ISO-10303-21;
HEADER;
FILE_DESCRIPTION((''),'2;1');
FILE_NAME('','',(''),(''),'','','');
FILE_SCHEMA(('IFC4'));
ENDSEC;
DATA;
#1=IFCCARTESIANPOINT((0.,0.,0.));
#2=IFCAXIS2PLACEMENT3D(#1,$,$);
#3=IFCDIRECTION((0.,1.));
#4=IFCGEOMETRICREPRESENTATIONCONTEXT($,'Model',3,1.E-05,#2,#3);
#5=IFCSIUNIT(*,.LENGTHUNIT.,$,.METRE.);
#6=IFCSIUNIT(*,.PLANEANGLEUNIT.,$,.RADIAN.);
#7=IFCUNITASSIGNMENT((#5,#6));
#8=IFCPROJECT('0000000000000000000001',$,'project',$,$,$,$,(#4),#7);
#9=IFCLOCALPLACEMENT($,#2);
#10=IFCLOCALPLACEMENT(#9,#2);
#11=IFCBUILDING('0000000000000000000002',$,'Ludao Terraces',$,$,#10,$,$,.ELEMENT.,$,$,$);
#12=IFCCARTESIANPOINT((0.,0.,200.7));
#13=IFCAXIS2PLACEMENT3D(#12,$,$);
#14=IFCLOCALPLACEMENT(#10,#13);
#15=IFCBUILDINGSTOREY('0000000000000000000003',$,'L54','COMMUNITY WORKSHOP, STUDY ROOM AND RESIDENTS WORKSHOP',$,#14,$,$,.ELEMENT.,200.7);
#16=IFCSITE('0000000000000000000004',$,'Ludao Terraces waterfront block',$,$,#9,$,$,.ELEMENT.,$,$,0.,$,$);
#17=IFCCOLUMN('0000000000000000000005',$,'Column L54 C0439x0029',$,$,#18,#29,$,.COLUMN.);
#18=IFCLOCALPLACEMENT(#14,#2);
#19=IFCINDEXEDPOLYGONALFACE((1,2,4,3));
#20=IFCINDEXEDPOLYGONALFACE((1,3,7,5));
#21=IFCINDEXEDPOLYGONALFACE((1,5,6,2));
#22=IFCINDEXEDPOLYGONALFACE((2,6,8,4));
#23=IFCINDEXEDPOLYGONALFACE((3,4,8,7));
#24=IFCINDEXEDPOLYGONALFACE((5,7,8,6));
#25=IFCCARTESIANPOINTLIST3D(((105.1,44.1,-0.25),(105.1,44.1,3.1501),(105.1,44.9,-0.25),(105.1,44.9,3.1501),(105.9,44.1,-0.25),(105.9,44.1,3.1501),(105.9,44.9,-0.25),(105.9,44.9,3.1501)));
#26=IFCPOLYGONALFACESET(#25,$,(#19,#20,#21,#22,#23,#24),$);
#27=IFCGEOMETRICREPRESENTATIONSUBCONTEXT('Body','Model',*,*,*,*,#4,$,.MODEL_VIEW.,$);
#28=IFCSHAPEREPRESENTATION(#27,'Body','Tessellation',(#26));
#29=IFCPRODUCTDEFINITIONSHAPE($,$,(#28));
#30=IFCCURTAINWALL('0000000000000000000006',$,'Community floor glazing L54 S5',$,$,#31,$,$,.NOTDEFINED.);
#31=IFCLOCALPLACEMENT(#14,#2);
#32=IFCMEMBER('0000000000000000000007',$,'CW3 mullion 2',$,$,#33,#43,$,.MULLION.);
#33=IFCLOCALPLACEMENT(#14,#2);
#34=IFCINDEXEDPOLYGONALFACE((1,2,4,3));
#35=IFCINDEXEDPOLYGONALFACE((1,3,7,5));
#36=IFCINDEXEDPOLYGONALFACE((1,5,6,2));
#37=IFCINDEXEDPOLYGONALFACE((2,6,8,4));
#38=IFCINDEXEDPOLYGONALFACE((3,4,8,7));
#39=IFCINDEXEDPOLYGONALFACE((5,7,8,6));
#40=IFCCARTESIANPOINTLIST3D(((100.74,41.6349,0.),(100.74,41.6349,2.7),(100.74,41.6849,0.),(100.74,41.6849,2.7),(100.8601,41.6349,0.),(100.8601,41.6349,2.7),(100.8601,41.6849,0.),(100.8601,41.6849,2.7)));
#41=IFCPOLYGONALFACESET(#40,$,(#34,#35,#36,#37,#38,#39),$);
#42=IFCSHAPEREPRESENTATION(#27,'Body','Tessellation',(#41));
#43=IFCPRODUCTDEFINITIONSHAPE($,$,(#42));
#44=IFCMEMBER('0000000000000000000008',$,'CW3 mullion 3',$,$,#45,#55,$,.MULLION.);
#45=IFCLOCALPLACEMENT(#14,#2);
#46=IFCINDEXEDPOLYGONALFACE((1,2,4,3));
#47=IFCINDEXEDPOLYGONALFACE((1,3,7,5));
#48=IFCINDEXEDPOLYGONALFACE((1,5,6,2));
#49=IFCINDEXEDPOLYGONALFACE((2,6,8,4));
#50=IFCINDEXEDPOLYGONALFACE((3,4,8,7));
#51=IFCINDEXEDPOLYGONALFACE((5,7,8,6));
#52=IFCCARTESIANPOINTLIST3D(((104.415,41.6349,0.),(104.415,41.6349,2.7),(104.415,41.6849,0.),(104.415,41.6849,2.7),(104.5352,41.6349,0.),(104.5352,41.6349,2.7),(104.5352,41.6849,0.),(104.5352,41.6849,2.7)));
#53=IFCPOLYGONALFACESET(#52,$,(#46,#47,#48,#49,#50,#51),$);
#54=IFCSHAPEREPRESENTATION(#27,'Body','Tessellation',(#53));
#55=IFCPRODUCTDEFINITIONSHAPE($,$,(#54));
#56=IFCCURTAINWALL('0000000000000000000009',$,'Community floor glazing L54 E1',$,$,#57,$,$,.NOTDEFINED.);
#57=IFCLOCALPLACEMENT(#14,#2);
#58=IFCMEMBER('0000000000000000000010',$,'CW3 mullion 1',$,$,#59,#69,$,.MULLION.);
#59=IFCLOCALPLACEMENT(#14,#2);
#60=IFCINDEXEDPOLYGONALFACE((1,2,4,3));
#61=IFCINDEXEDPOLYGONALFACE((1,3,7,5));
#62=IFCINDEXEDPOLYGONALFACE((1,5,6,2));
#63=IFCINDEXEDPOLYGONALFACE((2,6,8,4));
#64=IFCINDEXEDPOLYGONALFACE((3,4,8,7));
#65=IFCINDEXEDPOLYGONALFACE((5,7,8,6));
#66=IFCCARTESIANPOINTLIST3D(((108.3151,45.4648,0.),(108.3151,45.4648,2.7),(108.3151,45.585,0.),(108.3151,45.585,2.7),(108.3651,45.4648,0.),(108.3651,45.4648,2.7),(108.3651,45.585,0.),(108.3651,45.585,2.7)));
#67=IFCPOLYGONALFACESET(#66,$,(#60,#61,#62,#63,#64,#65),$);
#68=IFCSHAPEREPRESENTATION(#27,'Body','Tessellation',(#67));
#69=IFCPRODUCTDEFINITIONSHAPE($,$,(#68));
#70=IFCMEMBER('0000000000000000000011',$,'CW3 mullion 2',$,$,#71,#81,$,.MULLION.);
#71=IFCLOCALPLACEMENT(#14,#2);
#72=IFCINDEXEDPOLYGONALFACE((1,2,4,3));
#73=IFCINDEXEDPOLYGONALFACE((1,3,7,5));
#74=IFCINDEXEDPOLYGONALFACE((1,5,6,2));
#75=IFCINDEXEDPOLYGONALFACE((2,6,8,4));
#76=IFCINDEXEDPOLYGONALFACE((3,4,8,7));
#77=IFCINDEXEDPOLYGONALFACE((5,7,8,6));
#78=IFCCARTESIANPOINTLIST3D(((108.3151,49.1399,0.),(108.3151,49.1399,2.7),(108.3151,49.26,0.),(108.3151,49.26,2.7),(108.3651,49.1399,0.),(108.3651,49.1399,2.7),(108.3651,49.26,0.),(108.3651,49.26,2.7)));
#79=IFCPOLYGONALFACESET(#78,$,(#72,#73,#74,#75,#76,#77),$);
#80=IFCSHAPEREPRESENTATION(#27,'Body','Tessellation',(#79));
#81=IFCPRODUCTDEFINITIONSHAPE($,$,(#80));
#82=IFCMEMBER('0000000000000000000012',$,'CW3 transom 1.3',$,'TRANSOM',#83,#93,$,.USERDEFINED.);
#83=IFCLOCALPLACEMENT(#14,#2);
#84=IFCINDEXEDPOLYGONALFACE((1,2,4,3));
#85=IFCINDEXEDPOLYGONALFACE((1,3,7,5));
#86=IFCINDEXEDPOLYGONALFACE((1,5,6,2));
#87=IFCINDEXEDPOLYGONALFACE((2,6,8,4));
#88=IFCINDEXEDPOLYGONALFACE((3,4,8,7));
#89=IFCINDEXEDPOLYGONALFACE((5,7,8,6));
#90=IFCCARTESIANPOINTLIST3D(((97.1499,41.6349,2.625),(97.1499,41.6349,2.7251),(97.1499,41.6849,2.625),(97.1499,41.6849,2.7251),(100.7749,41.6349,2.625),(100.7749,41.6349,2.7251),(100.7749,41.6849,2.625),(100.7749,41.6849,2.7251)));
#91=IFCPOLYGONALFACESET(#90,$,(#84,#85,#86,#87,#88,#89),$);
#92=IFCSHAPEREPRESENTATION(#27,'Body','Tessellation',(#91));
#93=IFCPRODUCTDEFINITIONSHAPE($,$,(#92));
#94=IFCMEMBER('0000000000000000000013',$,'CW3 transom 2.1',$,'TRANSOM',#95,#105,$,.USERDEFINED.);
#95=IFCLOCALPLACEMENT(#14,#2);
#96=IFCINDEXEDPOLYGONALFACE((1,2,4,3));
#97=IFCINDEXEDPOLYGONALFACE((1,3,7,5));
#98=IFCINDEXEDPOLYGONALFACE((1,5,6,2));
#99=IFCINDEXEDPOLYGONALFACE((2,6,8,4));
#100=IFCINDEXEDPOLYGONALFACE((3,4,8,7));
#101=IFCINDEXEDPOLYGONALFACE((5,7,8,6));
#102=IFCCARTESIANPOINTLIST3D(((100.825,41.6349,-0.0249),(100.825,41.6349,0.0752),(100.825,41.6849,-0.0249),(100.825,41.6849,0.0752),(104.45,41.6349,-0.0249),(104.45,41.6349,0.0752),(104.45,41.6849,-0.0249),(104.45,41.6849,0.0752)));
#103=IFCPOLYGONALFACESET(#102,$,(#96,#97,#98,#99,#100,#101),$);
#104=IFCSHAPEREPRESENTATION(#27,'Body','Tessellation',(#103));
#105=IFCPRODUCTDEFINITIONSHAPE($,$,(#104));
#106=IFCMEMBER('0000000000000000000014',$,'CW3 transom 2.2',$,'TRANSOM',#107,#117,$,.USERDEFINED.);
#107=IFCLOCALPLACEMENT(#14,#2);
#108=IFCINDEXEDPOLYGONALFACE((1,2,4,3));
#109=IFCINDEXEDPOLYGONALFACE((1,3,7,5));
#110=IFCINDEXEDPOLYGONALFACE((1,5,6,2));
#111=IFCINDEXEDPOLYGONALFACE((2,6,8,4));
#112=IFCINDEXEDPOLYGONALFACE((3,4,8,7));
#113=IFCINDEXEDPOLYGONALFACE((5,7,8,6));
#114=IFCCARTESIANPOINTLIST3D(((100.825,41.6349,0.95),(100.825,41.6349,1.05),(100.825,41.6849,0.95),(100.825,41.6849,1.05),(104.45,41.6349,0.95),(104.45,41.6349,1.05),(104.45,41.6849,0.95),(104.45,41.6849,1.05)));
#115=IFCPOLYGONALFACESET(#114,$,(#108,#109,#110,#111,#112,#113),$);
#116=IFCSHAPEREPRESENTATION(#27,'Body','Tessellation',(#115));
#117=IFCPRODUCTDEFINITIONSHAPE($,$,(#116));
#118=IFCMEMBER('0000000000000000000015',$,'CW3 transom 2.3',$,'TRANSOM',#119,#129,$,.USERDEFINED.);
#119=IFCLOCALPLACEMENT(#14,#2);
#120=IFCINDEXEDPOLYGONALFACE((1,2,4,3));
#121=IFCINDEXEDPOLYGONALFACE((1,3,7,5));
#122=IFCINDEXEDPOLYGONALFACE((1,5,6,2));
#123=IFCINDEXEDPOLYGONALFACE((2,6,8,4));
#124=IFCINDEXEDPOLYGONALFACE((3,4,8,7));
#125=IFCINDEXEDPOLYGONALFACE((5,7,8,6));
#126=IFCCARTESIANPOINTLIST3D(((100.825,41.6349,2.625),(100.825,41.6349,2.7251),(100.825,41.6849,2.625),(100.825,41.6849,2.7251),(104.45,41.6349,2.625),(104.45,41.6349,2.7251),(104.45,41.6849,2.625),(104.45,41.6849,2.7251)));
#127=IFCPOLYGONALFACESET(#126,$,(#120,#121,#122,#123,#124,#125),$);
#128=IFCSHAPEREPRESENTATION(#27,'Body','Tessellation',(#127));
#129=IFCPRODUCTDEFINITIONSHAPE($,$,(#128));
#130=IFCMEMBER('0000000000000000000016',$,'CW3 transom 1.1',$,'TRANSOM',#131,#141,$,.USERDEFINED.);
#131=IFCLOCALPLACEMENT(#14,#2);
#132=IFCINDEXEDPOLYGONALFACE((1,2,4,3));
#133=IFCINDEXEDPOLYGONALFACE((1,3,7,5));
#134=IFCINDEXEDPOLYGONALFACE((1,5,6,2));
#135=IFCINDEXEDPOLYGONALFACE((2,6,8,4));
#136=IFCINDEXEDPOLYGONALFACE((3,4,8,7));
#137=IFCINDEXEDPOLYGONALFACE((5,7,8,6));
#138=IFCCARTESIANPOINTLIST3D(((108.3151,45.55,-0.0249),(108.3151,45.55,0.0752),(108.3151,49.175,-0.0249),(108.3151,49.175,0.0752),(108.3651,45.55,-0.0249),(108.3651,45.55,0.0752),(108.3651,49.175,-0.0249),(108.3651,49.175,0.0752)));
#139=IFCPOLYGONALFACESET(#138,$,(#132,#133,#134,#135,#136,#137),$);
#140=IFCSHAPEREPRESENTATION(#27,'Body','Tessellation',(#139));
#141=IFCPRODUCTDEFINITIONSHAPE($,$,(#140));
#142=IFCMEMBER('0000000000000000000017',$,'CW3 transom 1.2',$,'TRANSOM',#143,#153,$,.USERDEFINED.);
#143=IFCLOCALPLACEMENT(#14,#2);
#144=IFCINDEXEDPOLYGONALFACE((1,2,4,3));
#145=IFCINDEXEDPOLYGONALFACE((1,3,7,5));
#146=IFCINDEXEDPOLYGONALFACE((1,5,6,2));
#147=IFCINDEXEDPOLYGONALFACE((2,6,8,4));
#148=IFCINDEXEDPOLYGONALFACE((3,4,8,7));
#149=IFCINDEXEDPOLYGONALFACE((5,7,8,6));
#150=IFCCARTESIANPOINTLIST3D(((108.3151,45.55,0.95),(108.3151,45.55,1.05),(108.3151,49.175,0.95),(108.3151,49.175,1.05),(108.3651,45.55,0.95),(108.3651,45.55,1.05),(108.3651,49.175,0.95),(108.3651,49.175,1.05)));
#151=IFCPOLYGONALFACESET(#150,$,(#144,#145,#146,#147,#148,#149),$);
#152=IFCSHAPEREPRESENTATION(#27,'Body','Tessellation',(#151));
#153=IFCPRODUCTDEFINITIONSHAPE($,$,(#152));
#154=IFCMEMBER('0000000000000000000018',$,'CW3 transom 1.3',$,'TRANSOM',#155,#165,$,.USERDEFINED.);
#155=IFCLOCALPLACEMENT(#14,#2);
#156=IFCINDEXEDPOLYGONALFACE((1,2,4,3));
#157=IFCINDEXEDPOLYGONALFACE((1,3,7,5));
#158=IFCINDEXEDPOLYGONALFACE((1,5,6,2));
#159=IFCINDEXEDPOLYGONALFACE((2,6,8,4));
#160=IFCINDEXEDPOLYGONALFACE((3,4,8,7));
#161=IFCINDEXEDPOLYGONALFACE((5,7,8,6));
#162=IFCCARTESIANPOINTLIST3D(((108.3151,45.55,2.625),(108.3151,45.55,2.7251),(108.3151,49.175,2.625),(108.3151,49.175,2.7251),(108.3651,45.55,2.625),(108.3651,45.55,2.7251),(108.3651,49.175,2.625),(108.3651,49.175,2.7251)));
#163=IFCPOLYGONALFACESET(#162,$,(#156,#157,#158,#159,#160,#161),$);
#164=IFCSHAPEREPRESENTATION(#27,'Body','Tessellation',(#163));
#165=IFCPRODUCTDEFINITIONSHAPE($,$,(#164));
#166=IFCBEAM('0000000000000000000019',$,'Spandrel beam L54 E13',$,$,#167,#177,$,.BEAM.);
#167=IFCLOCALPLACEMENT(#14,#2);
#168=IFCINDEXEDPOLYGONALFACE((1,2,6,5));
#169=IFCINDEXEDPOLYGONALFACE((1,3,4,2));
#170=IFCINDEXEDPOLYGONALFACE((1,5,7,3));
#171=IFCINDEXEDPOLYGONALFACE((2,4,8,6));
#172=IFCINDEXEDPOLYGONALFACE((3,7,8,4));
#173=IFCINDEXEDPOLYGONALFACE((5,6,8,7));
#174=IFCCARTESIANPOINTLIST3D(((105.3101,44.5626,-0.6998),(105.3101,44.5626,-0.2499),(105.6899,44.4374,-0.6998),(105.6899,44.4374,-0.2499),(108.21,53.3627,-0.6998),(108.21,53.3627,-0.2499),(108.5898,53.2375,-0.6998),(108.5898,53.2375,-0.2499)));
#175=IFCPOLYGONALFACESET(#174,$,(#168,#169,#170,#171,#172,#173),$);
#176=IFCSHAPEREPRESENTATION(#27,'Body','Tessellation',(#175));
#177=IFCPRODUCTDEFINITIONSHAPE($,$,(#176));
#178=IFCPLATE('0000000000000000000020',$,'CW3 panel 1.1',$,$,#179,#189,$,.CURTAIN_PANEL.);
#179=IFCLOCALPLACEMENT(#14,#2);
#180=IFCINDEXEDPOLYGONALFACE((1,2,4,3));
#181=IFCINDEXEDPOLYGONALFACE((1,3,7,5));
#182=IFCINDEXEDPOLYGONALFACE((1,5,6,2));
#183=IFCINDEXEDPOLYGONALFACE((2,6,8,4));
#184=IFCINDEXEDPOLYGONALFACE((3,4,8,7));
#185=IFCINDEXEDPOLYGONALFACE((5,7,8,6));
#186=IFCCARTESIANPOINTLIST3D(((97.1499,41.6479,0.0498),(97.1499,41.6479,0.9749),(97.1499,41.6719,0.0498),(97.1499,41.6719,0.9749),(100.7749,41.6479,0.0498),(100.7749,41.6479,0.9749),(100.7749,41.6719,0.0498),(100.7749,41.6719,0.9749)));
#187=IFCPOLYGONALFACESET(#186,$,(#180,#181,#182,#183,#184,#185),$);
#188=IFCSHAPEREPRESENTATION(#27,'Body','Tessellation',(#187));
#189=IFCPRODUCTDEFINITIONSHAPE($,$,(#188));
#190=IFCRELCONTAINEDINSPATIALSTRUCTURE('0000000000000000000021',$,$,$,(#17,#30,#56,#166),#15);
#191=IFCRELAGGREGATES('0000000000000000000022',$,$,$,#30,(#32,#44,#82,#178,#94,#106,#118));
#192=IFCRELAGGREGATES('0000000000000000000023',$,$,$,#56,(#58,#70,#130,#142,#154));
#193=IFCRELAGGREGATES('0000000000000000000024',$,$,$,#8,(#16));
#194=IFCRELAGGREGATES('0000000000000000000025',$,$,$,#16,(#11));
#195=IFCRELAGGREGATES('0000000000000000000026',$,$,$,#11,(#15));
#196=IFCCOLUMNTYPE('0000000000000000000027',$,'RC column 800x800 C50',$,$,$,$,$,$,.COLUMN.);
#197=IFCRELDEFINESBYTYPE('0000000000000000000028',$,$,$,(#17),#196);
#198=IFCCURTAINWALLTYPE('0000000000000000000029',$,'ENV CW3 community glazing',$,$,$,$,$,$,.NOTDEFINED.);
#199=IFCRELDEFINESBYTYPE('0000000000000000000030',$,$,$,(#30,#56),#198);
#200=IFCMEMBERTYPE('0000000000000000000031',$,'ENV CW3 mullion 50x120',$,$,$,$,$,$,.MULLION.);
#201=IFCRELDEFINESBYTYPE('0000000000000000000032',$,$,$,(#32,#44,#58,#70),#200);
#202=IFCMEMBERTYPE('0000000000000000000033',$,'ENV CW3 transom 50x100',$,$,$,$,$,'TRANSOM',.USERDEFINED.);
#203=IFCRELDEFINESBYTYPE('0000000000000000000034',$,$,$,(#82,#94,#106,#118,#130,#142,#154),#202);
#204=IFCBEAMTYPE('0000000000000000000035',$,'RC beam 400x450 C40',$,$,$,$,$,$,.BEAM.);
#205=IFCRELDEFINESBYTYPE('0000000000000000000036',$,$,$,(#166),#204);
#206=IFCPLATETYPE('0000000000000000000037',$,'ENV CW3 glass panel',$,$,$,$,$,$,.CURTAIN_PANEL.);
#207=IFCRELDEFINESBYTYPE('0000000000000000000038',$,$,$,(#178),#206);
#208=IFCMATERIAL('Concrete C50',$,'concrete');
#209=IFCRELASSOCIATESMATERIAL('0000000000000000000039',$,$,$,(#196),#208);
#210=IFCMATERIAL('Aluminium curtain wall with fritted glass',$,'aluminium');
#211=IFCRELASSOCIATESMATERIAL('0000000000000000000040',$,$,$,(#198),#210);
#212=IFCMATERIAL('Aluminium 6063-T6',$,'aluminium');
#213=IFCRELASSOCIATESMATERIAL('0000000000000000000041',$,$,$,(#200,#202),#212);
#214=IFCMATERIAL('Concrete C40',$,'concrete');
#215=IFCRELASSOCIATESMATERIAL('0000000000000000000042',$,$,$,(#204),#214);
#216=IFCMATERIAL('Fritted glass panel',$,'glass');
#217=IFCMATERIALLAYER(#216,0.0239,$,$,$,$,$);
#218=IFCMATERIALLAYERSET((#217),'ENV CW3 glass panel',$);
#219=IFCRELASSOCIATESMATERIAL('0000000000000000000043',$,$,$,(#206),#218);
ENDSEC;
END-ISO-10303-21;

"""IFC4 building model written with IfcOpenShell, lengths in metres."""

from ifc_helpers import new_model, si_unit, direction, frame, origin, origin_2d, place, context, subcontext, project, spatial, rectangle, extrude, material, layer, layer_set, material_profile, profile_set, type_object, element, aggregate, save


model = new_model("IFC4")

# Units and contexts
model_context = context("Model", 3, precision=1e-05, world=origin(), true_north=direction((0.0, 1.0)))
body_context = subcontext(model_context, "Body", "Model", "MODEL_VIEW")
ifc_project = project(units=[si_unit("LENGTHUNIT", "METRE"), si_unit("PLANEANGLEUNIT", "RADIAN")], contexts=[model_context])

# Site, building, storey
site_placement = place(None, origin())
site = spatial("IfcSite", under=ifc_project, at=site_placement, Name="Ludao Terraces waterfront block", CompositionType="ELEMENT", RefElevation=0.0)
building_placement = place(site_placement, origin())
building = spatial("IfcBuilding", under=site, at=building_placement, Name="Ludao Terraces", CompositionType="ELEMENT")
storey_placement = place(building_placement, frame((0.0, 0.0, 200.7)))
storey = spatial("IfcBuildingStorey", under=building, at=storey_placement, Name="L54", Description="COMMUNITY WORKSHOP, STUDY ROOM AND RESIDENTS WORKSHOP", CompositionType="ELEMENT", Elevation=200.7)

# Column
ifc_material_1 = material(Name="Concrete C50", Category="concrete")
ifc_material_profile_1 = material_profile(ifc_material_1, rectangle(XDim=0.8, YDim=0.8, at=origin_2d()), Name="800 X 800")
ifc_profile_set_1 = profile_set([ifc_material_profile_1], Name="Concrete C50")
column_type = type_object("IfcColumnType", Name="RC column 800x800 C50", PredefinedType="COLUMN", material=ifc_profile_set_1)
column_placement = place(storey_placement, frame((105.5, 44.5, -0.25), z_axis=(0.0, 0.0, 1.0), x_axis=(1.0, 0.0, 0.0)))
element("IfcColumn", 1, at=column_placement, inside=storey, type_object=column_type, Name="Column L54 C0439x0029", PredefinedType="COLUMN", context=body_context, shape_type="SweptSolid", body=[
    extrude(rectangle(XDim=0.8, YDim=0.8, at=origin_2d()), origin(), (0.0, 0.0, 1.0), 3.4001),
])

# Curtain walls, members
ifc_material_2 = material(Name="Aluminium curtain wall with fritted glass", Category="aluminium")
curtain_wall_type = type_object("IfcCurtainWallType", Name="ENV CW3 community glazing", PredefinedType="NOTDEFINED", material=ifc_material_2)
curtain_wall_1_placement = place(storey_placement, origin())
curtain_wall_1 = element("IfcCurtainWall", 2, at=curtain_wall_1_placement, inside=storey, type_object=curtain_wall_type, Name="Community floor glazing L54 S5", PredefinedType="NOTDEFINED")
ifc_material_3 = material(Name="Aluminium 6063-T6", Category="aluminium")
ifc_material_profile_2 = material_profile(ifc_material_3, rectangle(XDim=0.05, YDim=0.1201, at=origin_2d()), Name="50 X 120")
ifc_profile_set_2 = profile_set([ifc_material_profile_2], Name="Aluminium 6063-T6")
member_type_1 = type_object("IfcMemberType", Name="ENV CW3 mullion 50x120", PredefinedType="MULLION", material=ifc_profile_set_2)
member_1_placement = place(storey_placement, frame((100.8, 41.6599, 0.0), z_axis=(0.0, 0.0, 1.0), x_axis=(0.0, 1.0, 0.0)))
member_1 = element("IfcMember", 3, at=member_1_placement, type_object=member_type_1, Name="CW3 mullion 2", PredefinedType="MULLION", context=body_context, shape_type="SweptSolid", body=[
    extrude(rectangle(XDim=0.05, YDim=0.1201, at=origin_2d()), origin(), (0.0, 0.0, 1.0), 2.7),
])
member_2_placement = place(storey_placement, frame((104.4751, 41.6599, 0.0), z_axis=(0.0, 0.0, 1.0), x_axis=(0.0, 1.0, 0.0)))
member_2 = element("IfcMember", 4, at=member_2_placement, type_object=member_type_1, Name="CW3 mullion 3", PredefinedType="MULLION", context=body_context, shape_type="SweptSolid", body=[
    extrude(rectangle(XDim=0.05, YDim=0.1201, at=origin_2d()), origin(), (0.0, 0.0, 1.0), 2.7),
])
curtain_wall_2_placement = place(storey_placement, origin())
curtain_wall_2 = element("IfcCurtainWall", 5, at=curtain_wall_2_placement, inside=storey, type_object=curtain_wall_type, Name="Community floor glazing L54 E1", PredefinedType="NOTDEFINED")
member_3_placement = place(storey_placement, frame((108.3401, 45.5249, 0.0), z_axis=(0.0, 0.0, 1.0), x_axis=(-1.0, 0.0, 0.0)))
member_3 = element("IfcMember", 6, at=member_3_placement, type_object=member_type_1, Name="CW3 mullion 1", PredefinedType="MULLION", context=body_context, shape_type="SweptSolid", body=[
    extrude(rectangle(XDim=0.05, YDim=0.1201, at=origin_2d()), origin(), (0.0, 0.0, 1.0), 2.7),
])
member_4_placement = place(storey_placement, frame((108.3401, 49.2, 0.0), z_axis=(0.0, 0.0, 1.0), x_axis=(-1.0, 0.0, 0.0)))
member_4 = element("IfcMember", 7, at=member_4_placement, type_object=member_type_1, Name="CW3 mullion 2", PredefinedType="MULLION", context=body_context, shape_type="SweptSolid", body=[
    extrude(rectangle(XDim=0.05, YDim=0.1201, at=origin_2d()), origin(), (0.0, 0.0, 1.0), 2.7),
])

# Members
ifc_material_profile_3 = material_profile(ifc_material_3, rectangle(XDim=0.05, YDim=0.1001, at=origin_2d()), Name="50 X 100")
ifc_profile_set_3 = profile_set([ifc_material_profile_3], Name="Aluminium 6063-T6")
member_type_2 = type_object("IfcMemberType", Name="ENV CW3 transom 50x100", ElementType="TRANSOM", PredefinedType="USERDEFINED", material=ifc_profile_set_3)
member_5_placement = place(storey_placement, frame((97.1499, 41.6599, 2.675), z_axis=(1.0, 0.0, 0.0), x_axis=(0.0, 1.0, 0.0)))
member_5 = element("IfcMember", 8, at=member_5_placement, type_object=member_type_2, Name="CW3 transom 1.3", ObjectType="TRANSOM", PredefinedType="USERDEFINED", context=body_context, shape_type="SweptSolid", body=[
    extrude(rectangle(XDim=0.05, YDim=0.1001, at=origin_2d()), origin(), (0.0, 0.0, 1.0), 3.625),
])
member_6_placement = place(storey_placement, frame((100.825, 41.6599, 0.0251), z_axis=(1.0, 0.0, 0.0), x_axis=(0.0, 1.0, 0.0)))
member_6 = element("IfcMember", 9, at=member_6_placement, type_object=member_type_2, Name="CW3 transom 2.1", ObjectType="TRANSOM", PredefinedType="USERDEFINED", context=body_context, shape_type="SweptSolid", body=[
    extrude(rectangle(XDim=0.05, YDim=0.1001, at=origin_2d()), origin(), (0.0, 0.0, 1.0), 3.625),
])
member_7_placement = place(storey_placement, frame((100.825, 41.6599, 1.0), z_axis=(1.0, 0.0, 0.0), x_axis=(0.0, 1.0, 0.0)))
member_7 = element("IfcMember", 10, at=member_7_placement, type_object=member_type_2, Name="CW3 transom 2.2", ObjectType="TRANSOM", PredefinedType="USERDEFINED", context=body_context, shape_type="SweptSolid", body=[
    extrude(rectangle(XDim=0.05, YDim=0.1001, at=origin_2d()), origin(), (0.0, 0.0, 1.0), 3.625),
])
member_8_placement = place(storey_placement, frame((100.825, 41.6599, 2.675), z_axis=(1.0, 0.0, 0.0), x_axis=(0.0, 1.0, 0.0)))
member_8 = element("IfcMember", 11, at=member_8_placement, type_object=member_type_2, Name="CW3 transom 2.3", ObjectType="TRANSOM", PredefinedType="USERDEFINED", context=body_context, shape_type="SweptSolid", body=[
    extrude(rectangle(XDim=0.05, YDim=0.1001, at=origin_2d()), origin(), (0.0, 0.0, 1.0), 3.625),
])
member_9_placement = place(storey_placement, frame((108.3401, 45.55, 0.0251), z_axis=(0.0, 1.0, 0.0), x_axis=(-1.0, 0.0, 0.0)))
member_9 = element("IfcMember", 12, at=member_9_placement, type_object=member_type_2, Name="CW3 transom 1.1", ObjectType="TRANSOM", PredefinedType="USERDEFINED", context=body_context, shape_type="SweptSolid", body=[
    extrude(rectangle(XDim=0.05, YDim=0.1001, at=origin_2d()), origin(), (0.0, 0.0, 1.0), 3.625),
])
member_10_placement = place(storey_placement, frame((108.3401, 45.55, 1.0), z_axis=(0.0, 1.0, 0.0), x_axis=(-1.0, 0.0, 0.0)))
member_10 = element("IfcMember", 13, at=member_10_placement, type_object=member_type_2, Name="CW3 transom 1.2", ObjectType="TRANSOM", PredefinedType="USERDEFINED", context=body_context, shape_type="SweptSolid", body=[
    extrude(rectangle(XDim=0.05, YDim=0.1001, at=origin_2d()), origin(), (0.0, 0.0, 1.0), 3.625),
])
member_11_placement = place(storey_placement, frame((108.3401, 45.55, 2.675), z_axis=(0.0, 1.0, 0.0), x_axis=(-1.0, 0.0, 0.0)))
member_11 = element("IfcMember", 14, at=member_11_placement, type_object=member_type_2, Name="CW3 transom 1.3", ObjectType="TRANSOM", PredefinedType="USERDEFINED", context=body_context, shape_type="SweptSolid", body=[
    extrude(rectangle(XDim=0.05, YDim=0.1001, at=origin_2d()), origin(), (0.0, 0.0, 1.0), 3.625),
])

# Beam
ifc_material_4 = material(Name="Concrete C40", Category="concrete")
ifc_material_profile_4 = material_profile(ifc_material_4, rectangle(XDim=0.3999, YDim=0.45, at=origin_2d()), Name="400 X 450")
ifc_profile_set_4 = profile_set([ifc_material_profile_4], Name="Concrete C40")
beam_type = type_object("IfcBeamType", Name="RC beam 400x450 C40", PredefinedType="BEAM", material=ifc_profile_set_4)
beam_placement = place(storey_placement, frame((105.5, 44.5, -0.4749), z_axis=(0.312977, 0.949761, 0.0), x_axis=(-0.949761, 0.312977, 0.0)))
element("IfcBeam", 15, at=beam_placement, inside=storey, type_object=beam_type, Name="Spandrel beam L54 E13", PredefinedType="BEAM", context=body_context, shape_type="SweptSolid", body=[
    extrude(rectangle(XDim=0.3999, YDim=0.45, at=origin_2d()), origin(), (0.0, 0.0, 1.0), 9.2656),
])

# Plate
ifc_material_5 = material(Name="Fritted glass panel", Category="glass")
ifc_layer_1 = layer(ifc_material_5, 0.0239)
ifc_layer_set_1 = layer_set([ifc_layer_1], Name="ENV CW3 glass panel")
plate_type = type_object("IfcPlateType", Name="ENV CW3 glass panel", PredefinedType="CURTAIN_PANEL", material=ifc_layer_set_1)
plate_1_placement = place(storey_placement, frame((98.9624, 41.6599, 0.0498), z_axis=(0.0, 0.0, 1.0), x_axis=(1.0, 0.0, 0.0)))
plate_1 = element("IfcPlate", 16, at=plate_1_placement, type_object=plate_type, Name="CW3 panel 1.1", PredefinedType="CURTAIN_PANEL", context=body_context, shape_type="SweptSolid", body=[
    extrude(rectangle(XDim=3.625, YDim=0.0239, at=origin_2d()), origin(), (0.0, 0.0, 1.0), 0.925),
])
aggregate(curtain_wall_1, [member_1, member_2, member_5, plate_1, member_6, member_7, member_8])
aggregate(curtain_wall_2, [member_3, member_4, member_9, member_10, member_11])

save(model, "model.ifc")
